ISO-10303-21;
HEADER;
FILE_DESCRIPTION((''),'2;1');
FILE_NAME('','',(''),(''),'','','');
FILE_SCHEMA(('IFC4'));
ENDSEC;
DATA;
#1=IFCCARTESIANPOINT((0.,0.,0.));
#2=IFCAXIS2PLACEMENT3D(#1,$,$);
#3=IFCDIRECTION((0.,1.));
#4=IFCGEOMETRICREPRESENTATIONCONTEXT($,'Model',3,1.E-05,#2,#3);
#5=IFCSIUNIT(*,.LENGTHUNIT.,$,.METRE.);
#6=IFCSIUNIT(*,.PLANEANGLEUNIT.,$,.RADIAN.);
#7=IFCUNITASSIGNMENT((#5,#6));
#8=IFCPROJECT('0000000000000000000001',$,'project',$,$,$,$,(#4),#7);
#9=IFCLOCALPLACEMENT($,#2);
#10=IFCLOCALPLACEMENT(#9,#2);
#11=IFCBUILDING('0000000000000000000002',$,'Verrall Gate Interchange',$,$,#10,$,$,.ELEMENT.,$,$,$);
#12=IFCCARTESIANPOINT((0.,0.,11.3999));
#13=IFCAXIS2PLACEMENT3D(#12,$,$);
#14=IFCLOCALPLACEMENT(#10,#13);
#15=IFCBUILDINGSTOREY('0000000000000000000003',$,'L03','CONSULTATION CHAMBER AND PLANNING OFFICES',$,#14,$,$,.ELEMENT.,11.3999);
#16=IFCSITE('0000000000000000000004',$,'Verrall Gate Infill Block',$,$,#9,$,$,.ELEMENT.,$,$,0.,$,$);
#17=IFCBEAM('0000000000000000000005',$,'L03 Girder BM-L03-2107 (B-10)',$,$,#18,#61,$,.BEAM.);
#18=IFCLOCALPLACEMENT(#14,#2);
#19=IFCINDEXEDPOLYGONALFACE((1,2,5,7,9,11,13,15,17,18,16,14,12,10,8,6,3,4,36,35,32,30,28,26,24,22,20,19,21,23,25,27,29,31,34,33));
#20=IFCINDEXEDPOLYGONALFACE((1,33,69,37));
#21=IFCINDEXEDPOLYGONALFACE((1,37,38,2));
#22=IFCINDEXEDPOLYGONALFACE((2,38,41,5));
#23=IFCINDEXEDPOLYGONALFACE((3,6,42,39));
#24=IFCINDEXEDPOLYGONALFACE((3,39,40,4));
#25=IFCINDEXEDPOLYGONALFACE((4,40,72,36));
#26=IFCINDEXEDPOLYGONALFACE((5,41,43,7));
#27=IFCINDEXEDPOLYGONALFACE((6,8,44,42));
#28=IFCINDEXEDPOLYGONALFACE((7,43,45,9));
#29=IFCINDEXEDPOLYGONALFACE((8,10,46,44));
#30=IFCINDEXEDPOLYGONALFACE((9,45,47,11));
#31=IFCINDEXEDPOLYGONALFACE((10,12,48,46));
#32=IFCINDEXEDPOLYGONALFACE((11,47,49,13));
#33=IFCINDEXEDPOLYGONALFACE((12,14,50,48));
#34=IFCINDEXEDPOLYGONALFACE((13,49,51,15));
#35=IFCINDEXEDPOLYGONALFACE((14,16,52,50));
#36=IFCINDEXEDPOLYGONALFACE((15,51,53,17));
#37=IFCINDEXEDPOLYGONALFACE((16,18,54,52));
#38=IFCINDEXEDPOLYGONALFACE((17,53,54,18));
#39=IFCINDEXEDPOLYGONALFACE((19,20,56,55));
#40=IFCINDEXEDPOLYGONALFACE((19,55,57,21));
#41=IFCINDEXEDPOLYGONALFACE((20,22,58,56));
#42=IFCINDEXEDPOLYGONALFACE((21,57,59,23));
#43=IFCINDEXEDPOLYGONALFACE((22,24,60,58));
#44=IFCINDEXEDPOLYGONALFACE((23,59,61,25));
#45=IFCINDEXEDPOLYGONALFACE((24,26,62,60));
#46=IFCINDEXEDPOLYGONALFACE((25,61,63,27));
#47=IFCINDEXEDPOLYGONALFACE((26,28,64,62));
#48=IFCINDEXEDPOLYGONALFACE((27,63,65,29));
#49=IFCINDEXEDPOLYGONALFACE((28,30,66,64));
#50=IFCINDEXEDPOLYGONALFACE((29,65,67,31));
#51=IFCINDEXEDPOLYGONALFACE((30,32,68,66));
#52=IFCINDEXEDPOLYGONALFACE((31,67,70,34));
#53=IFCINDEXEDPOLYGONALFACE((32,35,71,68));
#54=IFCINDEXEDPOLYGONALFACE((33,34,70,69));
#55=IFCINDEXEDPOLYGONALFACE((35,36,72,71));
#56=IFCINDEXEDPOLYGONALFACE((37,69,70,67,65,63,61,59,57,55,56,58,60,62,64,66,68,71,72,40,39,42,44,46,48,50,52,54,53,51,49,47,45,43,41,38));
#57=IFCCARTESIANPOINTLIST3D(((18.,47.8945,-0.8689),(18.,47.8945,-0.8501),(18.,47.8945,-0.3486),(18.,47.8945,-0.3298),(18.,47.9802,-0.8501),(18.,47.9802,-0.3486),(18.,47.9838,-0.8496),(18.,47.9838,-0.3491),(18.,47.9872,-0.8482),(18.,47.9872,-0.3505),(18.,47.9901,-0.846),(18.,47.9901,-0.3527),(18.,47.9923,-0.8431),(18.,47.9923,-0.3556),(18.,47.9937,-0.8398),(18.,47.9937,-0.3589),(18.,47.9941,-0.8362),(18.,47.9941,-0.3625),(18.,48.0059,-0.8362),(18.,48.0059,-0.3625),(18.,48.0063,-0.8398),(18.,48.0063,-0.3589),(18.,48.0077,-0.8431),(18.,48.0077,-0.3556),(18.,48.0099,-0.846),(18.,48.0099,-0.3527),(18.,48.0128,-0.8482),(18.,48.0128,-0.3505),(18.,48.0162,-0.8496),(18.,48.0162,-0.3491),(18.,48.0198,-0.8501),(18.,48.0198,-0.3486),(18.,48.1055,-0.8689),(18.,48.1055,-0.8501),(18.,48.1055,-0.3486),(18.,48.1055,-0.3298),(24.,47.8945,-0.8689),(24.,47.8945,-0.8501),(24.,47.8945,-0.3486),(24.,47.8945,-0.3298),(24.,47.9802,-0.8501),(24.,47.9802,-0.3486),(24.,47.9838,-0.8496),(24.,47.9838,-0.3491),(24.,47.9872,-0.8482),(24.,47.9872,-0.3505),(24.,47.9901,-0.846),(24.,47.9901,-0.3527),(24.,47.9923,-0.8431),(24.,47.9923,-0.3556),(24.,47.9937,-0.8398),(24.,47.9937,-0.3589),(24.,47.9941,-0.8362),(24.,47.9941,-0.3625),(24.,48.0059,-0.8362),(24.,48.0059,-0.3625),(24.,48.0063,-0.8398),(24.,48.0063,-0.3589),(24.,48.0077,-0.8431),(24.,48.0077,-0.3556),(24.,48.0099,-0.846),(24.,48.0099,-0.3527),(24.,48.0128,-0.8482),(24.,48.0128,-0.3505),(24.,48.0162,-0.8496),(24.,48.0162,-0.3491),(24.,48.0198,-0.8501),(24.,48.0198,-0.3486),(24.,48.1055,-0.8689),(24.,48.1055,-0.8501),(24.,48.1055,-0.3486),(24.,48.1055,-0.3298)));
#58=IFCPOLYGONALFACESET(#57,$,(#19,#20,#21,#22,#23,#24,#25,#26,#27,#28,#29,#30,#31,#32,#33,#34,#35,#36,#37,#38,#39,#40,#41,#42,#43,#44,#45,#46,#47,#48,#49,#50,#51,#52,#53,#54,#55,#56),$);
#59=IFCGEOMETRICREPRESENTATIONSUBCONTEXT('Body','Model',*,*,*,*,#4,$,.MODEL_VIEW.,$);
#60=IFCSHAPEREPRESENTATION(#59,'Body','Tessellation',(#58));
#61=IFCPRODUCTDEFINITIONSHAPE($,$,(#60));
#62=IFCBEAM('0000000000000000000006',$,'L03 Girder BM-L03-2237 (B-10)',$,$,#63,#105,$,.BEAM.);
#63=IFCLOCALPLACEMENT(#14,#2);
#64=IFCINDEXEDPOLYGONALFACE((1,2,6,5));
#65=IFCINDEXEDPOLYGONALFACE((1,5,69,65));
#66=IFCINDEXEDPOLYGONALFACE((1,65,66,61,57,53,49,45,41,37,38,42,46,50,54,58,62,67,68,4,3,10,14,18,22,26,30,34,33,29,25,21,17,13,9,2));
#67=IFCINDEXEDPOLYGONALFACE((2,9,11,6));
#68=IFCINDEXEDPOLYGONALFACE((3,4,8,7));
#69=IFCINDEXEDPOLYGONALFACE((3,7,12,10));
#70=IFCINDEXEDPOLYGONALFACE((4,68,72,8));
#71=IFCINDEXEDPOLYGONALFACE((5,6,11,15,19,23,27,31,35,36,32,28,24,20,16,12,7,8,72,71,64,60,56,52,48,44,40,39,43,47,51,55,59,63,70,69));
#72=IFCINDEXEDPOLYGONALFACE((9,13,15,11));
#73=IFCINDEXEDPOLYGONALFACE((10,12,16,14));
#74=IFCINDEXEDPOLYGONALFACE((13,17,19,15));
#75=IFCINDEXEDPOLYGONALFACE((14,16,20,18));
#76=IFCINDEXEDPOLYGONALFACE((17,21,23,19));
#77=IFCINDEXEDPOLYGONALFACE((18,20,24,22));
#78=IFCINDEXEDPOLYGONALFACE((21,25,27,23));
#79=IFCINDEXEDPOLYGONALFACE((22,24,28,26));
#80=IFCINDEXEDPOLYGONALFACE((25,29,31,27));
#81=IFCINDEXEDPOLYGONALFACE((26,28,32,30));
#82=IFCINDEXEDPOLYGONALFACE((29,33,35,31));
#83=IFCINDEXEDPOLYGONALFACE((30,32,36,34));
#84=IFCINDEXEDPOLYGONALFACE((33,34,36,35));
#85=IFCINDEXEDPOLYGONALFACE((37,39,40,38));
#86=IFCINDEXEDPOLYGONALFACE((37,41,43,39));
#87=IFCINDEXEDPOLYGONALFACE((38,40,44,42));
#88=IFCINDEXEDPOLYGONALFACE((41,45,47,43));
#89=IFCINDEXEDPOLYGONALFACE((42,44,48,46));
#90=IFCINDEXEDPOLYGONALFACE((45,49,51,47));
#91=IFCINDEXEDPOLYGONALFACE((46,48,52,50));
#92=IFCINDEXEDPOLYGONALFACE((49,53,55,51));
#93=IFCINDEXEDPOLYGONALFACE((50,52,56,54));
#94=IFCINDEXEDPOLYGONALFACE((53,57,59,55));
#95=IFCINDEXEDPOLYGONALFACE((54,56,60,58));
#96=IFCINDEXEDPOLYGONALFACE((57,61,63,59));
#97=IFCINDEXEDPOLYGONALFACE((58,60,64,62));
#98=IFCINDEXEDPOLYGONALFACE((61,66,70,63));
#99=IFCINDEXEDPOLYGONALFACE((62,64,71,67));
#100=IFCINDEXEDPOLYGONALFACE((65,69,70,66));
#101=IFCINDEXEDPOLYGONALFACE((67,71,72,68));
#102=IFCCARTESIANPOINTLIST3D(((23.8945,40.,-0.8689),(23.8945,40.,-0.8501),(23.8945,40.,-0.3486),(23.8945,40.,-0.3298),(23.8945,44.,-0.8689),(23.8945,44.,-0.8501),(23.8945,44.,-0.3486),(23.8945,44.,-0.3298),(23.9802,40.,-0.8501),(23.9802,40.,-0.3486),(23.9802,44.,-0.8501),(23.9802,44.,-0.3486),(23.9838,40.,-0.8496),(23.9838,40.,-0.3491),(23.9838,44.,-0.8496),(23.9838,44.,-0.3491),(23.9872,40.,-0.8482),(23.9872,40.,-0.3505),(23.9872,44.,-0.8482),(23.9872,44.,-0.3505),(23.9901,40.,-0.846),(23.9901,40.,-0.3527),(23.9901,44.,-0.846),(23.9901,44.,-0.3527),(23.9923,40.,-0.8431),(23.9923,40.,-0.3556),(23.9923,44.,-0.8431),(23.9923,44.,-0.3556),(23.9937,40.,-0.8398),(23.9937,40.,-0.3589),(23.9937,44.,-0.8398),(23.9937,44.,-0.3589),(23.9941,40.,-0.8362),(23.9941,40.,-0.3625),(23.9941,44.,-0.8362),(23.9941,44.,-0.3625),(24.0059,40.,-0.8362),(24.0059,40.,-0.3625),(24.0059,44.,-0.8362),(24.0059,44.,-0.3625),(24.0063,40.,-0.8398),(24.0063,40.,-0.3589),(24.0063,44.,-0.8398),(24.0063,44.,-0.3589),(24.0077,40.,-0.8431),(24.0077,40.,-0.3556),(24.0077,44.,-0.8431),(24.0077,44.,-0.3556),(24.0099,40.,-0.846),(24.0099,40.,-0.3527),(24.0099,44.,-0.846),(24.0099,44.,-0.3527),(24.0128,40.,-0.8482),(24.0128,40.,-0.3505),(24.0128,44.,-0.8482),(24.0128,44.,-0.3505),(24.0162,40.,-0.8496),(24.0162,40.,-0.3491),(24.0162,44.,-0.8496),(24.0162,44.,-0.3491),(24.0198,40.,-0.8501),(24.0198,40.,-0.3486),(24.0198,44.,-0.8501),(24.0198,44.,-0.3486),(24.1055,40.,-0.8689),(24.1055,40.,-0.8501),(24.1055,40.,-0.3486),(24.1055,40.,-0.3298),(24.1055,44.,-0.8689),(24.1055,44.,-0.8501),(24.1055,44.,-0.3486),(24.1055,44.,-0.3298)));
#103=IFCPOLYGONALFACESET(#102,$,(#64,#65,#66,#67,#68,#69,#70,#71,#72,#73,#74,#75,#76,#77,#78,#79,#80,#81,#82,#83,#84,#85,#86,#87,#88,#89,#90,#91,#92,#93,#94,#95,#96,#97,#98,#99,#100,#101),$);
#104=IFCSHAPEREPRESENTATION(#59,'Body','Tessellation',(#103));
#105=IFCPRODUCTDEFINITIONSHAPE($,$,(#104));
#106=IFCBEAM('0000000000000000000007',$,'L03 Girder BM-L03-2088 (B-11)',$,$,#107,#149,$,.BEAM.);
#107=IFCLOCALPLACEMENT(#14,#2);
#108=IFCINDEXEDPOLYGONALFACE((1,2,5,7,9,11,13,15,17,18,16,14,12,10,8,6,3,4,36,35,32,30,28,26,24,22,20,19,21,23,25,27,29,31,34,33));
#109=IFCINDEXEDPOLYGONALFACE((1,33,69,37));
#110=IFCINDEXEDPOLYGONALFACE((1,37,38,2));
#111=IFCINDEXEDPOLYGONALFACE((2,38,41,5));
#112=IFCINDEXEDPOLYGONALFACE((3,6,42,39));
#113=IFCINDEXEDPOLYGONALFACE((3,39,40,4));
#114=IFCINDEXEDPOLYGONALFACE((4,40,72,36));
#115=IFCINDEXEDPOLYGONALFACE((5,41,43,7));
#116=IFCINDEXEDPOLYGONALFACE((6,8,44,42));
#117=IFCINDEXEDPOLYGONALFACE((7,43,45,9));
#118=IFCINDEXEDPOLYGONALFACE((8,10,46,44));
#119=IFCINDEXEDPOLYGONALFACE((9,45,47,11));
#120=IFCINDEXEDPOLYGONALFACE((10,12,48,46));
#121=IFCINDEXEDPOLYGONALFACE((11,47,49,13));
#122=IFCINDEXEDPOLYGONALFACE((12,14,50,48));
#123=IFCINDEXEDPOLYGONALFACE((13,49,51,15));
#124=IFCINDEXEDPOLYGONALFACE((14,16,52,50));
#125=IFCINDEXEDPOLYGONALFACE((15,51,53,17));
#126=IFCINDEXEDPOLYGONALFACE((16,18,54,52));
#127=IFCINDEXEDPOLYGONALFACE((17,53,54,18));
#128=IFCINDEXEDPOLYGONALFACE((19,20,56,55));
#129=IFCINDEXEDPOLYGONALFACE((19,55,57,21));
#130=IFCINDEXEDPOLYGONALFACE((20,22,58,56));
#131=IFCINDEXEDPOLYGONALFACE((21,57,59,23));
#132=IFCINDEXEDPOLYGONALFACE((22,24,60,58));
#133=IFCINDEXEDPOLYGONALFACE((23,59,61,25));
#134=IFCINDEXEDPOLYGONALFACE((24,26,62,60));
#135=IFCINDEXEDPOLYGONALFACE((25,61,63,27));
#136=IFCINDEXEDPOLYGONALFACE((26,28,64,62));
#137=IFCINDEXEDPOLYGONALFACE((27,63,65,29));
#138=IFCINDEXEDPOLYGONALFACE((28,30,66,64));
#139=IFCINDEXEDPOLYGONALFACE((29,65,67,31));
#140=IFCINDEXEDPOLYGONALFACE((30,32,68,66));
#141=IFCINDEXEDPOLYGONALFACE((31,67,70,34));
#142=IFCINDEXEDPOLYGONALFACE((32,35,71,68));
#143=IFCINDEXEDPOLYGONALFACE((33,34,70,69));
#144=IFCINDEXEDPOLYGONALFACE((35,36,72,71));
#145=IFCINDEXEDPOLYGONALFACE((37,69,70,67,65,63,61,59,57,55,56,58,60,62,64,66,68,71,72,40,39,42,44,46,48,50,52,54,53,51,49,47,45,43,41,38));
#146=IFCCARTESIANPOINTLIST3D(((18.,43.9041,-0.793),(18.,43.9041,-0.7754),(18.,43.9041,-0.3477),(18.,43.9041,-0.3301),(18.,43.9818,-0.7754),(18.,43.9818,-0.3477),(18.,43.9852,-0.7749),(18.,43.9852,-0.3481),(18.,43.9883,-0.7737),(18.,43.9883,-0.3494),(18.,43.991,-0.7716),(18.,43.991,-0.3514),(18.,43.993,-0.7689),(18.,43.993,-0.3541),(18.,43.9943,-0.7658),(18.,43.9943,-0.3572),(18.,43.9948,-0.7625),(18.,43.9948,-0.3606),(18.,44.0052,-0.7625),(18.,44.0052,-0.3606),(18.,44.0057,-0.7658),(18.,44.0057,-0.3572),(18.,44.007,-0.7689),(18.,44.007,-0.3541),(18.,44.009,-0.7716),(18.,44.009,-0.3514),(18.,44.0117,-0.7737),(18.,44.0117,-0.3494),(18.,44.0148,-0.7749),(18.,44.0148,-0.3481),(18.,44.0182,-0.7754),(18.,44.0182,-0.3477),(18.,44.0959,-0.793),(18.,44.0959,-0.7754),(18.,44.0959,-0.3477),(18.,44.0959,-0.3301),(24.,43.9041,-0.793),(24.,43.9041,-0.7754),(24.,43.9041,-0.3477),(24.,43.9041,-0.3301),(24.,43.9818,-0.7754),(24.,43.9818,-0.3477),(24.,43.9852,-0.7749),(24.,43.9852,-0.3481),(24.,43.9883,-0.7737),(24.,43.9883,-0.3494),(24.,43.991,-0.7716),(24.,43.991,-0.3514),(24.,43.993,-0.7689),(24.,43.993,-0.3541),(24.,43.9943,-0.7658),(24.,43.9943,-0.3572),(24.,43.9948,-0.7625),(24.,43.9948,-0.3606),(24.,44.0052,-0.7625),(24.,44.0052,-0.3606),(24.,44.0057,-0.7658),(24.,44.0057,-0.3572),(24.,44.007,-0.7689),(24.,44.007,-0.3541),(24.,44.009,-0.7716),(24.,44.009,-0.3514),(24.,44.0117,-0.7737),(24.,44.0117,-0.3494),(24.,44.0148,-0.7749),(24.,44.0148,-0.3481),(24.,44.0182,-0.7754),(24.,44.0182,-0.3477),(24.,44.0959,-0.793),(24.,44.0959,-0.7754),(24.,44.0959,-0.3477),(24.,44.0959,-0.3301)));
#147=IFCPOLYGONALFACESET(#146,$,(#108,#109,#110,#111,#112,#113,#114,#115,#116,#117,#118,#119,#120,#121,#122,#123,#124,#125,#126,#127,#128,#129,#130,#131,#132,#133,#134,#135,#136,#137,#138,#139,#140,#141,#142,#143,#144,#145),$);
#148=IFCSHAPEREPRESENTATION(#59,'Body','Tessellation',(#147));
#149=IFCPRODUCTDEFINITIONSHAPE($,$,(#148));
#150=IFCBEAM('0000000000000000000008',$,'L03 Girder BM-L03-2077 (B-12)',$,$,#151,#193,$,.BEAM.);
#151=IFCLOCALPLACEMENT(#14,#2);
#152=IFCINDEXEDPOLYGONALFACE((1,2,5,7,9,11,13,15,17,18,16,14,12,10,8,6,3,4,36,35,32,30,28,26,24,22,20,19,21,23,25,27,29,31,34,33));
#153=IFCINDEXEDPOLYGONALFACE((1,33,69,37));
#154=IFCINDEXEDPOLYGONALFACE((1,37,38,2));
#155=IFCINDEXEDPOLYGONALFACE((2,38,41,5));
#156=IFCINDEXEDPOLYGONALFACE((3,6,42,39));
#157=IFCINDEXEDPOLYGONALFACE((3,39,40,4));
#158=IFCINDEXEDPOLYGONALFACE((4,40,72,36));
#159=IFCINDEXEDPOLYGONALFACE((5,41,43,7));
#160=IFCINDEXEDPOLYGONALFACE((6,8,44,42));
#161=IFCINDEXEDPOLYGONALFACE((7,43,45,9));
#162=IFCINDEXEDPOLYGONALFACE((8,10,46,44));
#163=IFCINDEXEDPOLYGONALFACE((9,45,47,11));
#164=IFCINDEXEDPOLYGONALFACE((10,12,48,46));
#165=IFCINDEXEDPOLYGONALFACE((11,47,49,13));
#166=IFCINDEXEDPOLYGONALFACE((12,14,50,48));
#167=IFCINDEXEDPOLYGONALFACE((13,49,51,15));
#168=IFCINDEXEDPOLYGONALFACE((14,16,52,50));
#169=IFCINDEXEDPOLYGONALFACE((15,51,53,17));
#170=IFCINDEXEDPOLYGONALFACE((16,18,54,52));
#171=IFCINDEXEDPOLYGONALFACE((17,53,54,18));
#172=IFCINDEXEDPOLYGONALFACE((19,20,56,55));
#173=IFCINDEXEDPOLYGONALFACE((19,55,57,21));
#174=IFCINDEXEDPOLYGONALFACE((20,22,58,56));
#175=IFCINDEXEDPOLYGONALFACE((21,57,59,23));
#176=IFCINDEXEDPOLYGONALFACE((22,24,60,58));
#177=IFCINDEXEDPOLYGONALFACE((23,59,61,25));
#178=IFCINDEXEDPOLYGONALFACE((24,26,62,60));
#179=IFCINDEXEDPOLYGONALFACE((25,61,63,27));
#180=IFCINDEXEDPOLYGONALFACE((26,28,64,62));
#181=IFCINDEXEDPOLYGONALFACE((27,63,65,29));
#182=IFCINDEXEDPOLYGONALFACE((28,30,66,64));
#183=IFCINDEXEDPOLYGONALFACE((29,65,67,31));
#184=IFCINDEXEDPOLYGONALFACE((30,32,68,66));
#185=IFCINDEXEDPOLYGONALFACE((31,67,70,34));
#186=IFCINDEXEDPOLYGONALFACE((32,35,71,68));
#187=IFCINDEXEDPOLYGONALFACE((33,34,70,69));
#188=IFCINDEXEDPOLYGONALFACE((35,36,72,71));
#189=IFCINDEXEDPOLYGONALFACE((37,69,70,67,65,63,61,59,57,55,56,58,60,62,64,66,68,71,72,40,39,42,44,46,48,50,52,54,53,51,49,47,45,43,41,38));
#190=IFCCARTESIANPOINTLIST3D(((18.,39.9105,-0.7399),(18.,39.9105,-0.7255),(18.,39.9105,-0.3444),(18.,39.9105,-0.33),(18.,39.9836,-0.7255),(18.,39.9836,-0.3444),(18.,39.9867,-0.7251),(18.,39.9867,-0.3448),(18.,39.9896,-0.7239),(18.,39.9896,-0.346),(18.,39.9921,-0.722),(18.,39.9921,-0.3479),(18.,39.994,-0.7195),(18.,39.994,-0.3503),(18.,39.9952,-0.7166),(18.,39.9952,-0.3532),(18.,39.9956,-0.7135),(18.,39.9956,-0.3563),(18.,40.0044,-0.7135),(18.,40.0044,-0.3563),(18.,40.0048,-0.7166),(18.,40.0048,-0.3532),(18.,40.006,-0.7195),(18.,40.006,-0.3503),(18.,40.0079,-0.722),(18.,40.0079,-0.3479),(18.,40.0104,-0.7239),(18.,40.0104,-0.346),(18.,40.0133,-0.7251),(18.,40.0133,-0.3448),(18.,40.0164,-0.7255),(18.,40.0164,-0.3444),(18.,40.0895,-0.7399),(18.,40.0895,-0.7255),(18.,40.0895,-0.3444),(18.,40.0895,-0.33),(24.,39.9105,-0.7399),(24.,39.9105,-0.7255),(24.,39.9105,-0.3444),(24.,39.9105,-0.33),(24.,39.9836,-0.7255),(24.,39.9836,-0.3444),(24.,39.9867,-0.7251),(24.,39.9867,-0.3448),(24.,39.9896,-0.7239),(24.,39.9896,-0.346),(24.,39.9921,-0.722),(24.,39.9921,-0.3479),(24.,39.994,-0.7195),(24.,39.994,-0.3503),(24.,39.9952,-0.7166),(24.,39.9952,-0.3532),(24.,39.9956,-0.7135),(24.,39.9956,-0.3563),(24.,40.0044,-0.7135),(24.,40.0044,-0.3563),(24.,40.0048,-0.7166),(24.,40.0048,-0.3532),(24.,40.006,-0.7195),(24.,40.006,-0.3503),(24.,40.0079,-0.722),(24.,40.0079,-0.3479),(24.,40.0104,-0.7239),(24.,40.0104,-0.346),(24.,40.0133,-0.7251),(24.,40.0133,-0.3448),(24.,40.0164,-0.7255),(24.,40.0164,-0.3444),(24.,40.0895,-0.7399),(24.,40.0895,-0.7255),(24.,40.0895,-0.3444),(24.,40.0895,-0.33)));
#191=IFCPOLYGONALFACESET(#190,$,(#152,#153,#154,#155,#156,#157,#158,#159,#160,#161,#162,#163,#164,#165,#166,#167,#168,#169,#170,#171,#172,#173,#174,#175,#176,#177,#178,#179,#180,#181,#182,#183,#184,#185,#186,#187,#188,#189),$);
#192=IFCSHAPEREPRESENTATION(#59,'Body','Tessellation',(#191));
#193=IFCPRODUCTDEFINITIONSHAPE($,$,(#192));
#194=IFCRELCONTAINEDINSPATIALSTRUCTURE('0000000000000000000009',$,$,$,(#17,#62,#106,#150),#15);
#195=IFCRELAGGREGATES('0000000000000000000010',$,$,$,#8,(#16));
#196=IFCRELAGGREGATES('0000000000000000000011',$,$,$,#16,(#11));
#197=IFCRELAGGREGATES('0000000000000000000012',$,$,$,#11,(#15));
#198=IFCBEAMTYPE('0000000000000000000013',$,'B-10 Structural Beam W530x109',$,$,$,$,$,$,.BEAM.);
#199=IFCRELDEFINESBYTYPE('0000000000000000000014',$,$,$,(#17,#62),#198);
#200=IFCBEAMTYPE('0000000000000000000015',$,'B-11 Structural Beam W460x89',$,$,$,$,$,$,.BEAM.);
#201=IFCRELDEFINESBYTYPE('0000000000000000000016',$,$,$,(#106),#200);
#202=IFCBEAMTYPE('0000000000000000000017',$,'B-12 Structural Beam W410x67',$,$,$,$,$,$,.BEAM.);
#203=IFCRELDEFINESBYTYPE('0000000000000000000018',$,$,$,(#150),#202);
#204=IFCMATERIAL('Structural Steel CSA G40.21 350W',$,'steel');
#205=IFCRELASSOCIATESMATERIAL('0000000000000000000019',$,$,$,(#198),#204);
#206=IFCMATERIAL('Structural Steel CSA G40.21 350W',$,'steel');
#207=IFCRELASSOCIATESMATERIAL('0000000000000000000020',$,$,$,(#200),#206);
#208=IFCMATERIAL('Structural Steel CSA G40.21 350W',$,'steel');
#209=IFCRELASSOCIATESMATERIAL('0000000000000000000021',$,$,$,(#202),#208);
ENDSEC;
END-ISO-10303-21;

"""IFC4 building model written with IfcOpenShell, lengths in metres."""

from ifc_helpers import new_model, si_unit, direction, frame, origin, origin_2d, place, context, subcontext, project, spatial, i_section, extrude, material, material_profile, profile_set, type_object, element, save


model = new_model("IFC4")

# Units and contexts
model_context = context("Model", 3, precision=1e-05, world=origin(), true_north=direction((0.0, 1.0)))
body_context = subcontext(model_context, "Body", "Model", "MODEL_VIEW")
ifc_project = project(units=[si_unit("LENGTHUNIT", "METRE"), si_unit("PLANEANGLEUNIT", "RADIAN")], contexts=[model_context])

# Site, building, storey
site_placement = place(None, origin())
site = spatial("IfcSite", under=ifc_project, at=site_placement, Name="Verrall Gate Infill Block", CompositionType="ELEMENT", RefElevation=0.0)
building_placement = place(site_placement, origin())
building = spatial("IfcBuilding", under=site, at=building_placement, Name="Verrall Gate Interchange", CompositionType="ELEMENT")
storey_placement = place(building_placement, frame((0.0, 0.0, 11.3999)))
storey = spatial("IfcBuildingStorey", under=building, at=storey_placement, Name="L03", Description="CONSULTATION CHAMBER AND PLANNING OFFICES", CompositionType="ELEMENT", Elevation=11.3999)

# Beams
ifc_material_1 = material(Name="Structural Steel CSA G40.21 350W", Category="steel")
ifc_material_profile_1 = material_profile(ifc_material_1, i_section(OverallWidth=0.2109, OverallDepth=0.5391, WebThickness=0.0117, FlangeThickness=0.0188, FilletRadius=0.0139, at=origin_2d()), Name="W530x109")
ifc_profile_set_1 = profile_set([ifc_material_profile_1], Name="Structural Steel CSA G40.21 350W")
beam_type_1 = type_object("IfcBeamType", Name="B-10 Structural Beam W530x109", PredefinedType="BEAM", material=ifc_profile_set_1)
beam_1_placement = place(storey_placement, frame((18.0, 48.0, -0.5994), z_axis=(1.0, 0.0, 0.0), x_axis=(0.0, 1.0, 0.0)))
element("IfcBeam", 1, at=beam_1_placement, inside=storey, type_object=beam_type_1, Name="L03 Girder BM-L03-2107 (B-10)", PredefinedType="BEAM", context=body_context, shape_type="SweptSolid", body=[
    extrude(i_section(OverallWidth=0.2109, OverallDepth=0.5391, WebThickness=0.0117, FlangeThickness=0.0188, FilletRadius=0.0139, at=origin_2d()), origin(), (0.0, 0.0, 1.0), 6.0),
])
beam_2_placement = place(storey_placement, frame((24.0, 40.0, -0.5994), z_axis=(0.0, 1.0, 0.0), x_axis=(-1.0, 0.0, 0.0)))
element("IfcBeam", 2, at=beam_2_placement, inside=storey, type_object=beam_type_1, Name="L03 Girder BM-L03-2237 (B-10)", PredefinedType="BEAM", context=body_context, shape_type="SweptSolid", body=[
    extrude(i_section(OverallWidth=0.2109, OverallDepth=0.5391, WebThickness=0.0117, FlangeThickness=0.0188, FilletRadius=0.0139, at=origin_2d()), origin(), (0.0, 0.0, 1.0), 4.0),
])
ifc_material_2 = material(Name="Structural Steel CSA G40.21 350W", Category="steel")
ifc_material_profile_2 = material_profile(ifc_material_2, i_section(OverallWidth=0.1919, OverallDepth=0.4629, WebThickness=0.0105, FlangeThickness=0.0176, FilletRadius=0.0129, at=origin_2d()), Name="W460x89")
ifc_profile_set_2 = profile_set([ifc_material_profile_2], Name="Structural Steel CSA G40.21 350W")
beam_type_2 = type_object("IfcBeamType", Name="B-11 Structural Beam W460x89", PredefinedType="BEAM", material=ifc_profile_set_2)
beam_3_placement = place(storey_placement, frame((18.0, 44.0, -0.5615), z_axis=(1.0, 0.0, 0.0), x_axis=(0.0, 1.0, 0.0)))
element("IfcBeam", 3, at=beam_3_placement, inside=storey, type_object=beam_type_2, Name="L03 Girder BM-L03-2088 (B-11)", PredefinedType="BEAM", context=body_context, shape_type="SweptSolid", body=[
    extrude(i_section(OverallWidth=0.1919, OverallDepth=0.4629, WebThickness=0.0105, FlangeThickness=0.0176, FilletRadius=0.0129, at=origin_2d()), origin(), (0.0, 0.0, 1.0), 6.0),
])
ifc_material_3 = material(Name="Structural Steel CSA G40.21 350W", Category="steel")
ifc_material_profile_3 = material_profile(ifc_material_3, i_section(OverallWidth=0.179, OverallDepth=0.4099, WebThickness=0.0088, FlangeThickness=0.0144, FilletRadius=0.012, at=origin_2d()), Name="W410x67")
ifc_profile_set_3 = profile_set([ifc_material_profile_3], Name="Structural Steel CSA G40.21 350W")
beam_type_3 = type_object("IfcBeamType", Name="B-12 Structural Beam W410x67", PredefinedType="BEAM", material=ifc_profile_set_3)
beam_4_placement = place(storey_placement, frame((18.0, 40.0, -0.5349), z_axis=(1.0, 0.0, 0.0), x_axis=(0.0, 1.0, 0.0)))
element("IfcBeam", 4, at=beam_4_placement, inside=storey, type_object=beam_type_3, Name="L03 Girder BM-L03-2077 (B-12)", PredefinedType="BEAM", context=body_context, shape_type="SweptSolid", body=[
    extrude(i_section(OverallWidth=0.179, OverallDepth=0.4099, WebThickness=0.0088, FlangeThickness=0.0144, FilletRadius=0.012, at=origin_2d()), origin(), (0.0, 0.0, 1.0), 6.0),
])

save(model, "model.ifc")
